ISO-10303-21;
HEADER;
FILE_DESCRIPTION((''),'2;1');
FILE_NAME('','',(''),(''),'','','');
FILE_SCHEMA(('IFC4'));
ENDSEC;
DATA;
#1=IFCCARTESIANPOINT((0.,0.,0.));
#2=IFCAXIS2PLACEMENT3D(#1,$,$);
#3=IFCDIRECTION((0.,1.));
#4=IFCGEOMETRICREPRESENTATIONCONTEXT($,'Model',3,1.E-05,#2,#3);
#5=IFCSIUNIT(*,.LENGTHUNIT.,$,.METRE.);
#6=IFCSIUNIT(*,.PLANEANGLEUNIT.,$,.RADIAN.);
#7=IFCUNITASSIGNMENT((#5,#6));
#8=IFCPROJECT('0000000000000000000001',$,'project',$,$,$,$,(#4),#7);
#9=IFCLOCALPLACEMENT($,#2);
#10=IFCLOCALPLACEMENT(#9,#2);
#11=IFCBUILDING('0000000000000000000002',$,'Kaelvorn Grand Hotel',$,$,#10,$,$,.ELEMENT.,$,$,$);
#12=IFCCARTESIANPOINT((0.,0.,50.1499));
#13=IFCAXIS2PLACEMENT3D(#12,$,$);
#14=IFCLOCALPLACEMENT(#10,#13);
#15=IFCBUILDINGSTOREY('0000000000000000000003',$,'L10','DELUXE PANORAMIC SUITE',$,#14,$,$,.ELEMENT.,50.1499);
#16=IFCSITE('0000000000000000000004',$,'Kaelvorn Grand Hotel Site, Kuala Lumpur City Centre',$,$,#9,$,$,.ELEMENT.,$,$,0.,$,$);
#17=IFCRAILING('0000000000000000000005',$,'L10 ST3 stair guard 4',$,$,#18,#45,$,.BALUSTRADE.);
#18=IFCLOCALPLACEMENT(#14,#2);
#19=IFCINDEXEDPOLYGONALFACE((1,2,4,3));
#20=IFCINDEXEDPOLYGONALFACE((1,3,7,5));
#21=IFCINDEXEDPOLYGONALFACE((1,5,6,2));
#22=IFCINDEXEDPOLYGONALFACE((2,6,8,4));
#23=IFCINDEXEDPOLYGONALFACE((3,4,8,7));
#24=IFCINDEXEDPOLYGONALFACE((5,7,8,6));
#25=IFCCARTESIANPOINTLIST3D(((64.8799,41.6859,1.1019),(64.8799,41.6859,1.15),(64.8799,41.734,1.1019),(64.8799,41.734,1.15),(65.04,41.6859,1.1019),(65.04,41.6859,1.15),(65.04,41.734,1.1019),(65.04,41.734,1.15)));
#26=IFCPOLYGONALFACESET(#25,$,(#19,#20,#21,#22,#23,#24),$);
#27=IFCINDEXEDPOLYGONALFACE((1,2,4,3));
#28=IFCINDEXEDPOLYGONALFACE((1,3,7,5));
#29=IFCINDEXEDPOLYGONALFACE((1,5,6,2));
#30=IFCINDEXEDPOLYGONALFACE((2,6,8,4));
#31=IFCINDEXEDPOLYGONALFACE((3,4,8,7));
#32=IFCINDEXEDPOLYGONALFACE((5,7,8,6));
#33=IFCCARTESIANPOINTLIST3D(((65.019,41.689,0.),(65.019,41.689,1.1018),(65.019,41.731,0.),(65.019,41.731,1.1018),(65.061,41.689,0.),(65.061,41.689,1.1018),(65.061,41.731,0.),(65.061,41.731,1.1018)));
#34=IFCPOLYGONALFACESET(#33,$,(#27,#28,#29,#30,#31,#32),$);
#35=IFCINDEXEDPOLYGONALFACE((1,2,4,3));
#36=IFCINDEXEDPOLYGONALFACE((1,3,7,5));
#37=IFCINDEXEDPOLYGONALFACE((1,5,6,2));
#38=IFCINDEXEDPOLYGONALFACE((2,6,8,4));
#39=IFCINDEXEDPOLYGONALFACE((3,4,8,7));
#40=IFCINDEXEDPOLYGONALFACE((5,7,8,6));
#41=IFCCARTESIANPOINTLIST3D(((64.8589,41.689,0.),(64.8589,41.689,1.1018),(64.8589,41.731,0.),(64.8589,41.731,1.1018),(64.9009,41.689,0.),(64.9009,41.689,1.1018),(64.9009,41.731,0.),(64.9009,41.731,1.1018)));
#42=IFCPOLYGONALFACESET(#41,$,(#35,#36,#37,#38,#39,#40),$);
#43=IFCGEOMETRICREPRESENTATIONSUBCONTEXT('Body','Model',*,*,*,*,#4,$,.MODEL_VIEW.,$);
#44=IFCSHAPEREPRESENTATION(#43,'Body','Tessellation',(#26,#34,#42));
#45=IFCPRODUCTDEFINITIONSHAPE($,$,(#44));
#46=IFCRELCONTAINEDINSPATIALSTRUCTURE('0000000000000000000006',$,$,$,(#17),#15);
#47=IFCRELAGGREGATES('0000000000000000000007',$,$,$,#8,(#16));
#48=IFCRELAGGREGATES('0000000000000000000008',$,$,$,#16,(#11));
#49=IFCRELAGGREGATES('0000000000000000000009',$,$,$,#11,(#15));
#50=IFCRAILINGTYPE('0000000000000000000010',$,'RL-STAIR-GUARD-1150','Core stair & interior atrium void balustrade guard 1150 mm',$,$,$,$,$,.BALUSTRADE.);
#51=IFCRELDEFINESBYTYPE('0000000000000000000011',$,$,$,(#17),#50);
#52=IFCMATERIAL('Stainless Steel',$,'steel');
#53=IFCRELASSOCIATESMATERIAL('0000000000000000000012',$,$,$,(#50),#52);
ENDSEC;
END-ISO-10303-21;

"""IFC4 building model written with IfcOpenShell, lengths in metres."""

from ifc_helpers import new_model, si_unit, direction, frame, origin, origin_2d, place, context, subcontext, project, spatial, rectangle, extrude, material, type_object, element, save


model = new_model("IFC4")

# Units and contexts
model_context = context("Model", 3, precision=1e-05, world=origin(), true_north=direction((0.0, 1.0)))
body_context = subcontext(model_context, "Body", "Model", "MODEL_VIEW")
ifc_project = project(units=[si_unit("LENGTHUNIT", "METRE"), si_unit("PLANEANGLEUNIT", "RADIAN")], contexts=[model_context])

# Site, building, storey
site_placement = place(None, origin())
site = spatial("IfcSite", under=ifc_project, at=site_placement, Name="Kaelvorn Grand Hotel Site, Kuala Lumpur City Centre", CompositionType="ELEMENT", RefElevation=0.0)
building_placement = place(site_placement, origin())
building = spatial("IfcBuilding", under=site, at=building_placement, Name="Kaelvorn Grand Hotel", CompositionType="ELEMENT")
storey_placement = place(building_placement, frame((0.0, 0.0, 50.1499)))
storey = spatial("IfcBuildingStorey", under=building, at=storey_placement, Name="L10", Description="DELUXE PANORAMIC SUITE", CompositionType="ELEMENT", Elevation=50.1499)

# Shared definitions
ifc_material_1 = material(Name="Stainless Steel", Category="steel")

# Railing
railing_type_1 = type_object("IfcRailingType", Name="RL-STAIR-GUARD-1150", Description="Core stair & interior atrium void balustrade guard 1150 mm", PredefinedType="BALUSTRADE", material=ifc_material_1)
railing_1_placement = place(storey_placement, frame((65.04, 41.71, 0.0)))
element("IfcRailing", 1, at=railing_1_placement, inside=storey, type_object=railing_type_1, Name="L10 ST3 stair guard 4", PredefinedType="BALUSTRADE", context=body_context, shape_type="SweptSolid", body=[
    extrude(rectangle(XDim=0.0481, YDim=0.0481, at=origin_2d()), frame((0.0, 0.0, 1.126), z_axis=(-1.0, 0.0, 0.0), x_axis=(0.0, -1.0, 0.0)), (0.0, 0.0, 1.0), 0.1602),
    extrude(rectangle(XDim=0.042, YDim=0.042, at=origin_2d()), origin(), (0.0, 0.0, 1.0), 1.1018),
    extrude(rectangle(XDim=0.042, YDim=0.042, at=origin_2d()), frame((-0.1602, 0.0, 0.0)), (0.0, 0.0, 1.0), 1.1018),
])

save(model, "model.ifc")
